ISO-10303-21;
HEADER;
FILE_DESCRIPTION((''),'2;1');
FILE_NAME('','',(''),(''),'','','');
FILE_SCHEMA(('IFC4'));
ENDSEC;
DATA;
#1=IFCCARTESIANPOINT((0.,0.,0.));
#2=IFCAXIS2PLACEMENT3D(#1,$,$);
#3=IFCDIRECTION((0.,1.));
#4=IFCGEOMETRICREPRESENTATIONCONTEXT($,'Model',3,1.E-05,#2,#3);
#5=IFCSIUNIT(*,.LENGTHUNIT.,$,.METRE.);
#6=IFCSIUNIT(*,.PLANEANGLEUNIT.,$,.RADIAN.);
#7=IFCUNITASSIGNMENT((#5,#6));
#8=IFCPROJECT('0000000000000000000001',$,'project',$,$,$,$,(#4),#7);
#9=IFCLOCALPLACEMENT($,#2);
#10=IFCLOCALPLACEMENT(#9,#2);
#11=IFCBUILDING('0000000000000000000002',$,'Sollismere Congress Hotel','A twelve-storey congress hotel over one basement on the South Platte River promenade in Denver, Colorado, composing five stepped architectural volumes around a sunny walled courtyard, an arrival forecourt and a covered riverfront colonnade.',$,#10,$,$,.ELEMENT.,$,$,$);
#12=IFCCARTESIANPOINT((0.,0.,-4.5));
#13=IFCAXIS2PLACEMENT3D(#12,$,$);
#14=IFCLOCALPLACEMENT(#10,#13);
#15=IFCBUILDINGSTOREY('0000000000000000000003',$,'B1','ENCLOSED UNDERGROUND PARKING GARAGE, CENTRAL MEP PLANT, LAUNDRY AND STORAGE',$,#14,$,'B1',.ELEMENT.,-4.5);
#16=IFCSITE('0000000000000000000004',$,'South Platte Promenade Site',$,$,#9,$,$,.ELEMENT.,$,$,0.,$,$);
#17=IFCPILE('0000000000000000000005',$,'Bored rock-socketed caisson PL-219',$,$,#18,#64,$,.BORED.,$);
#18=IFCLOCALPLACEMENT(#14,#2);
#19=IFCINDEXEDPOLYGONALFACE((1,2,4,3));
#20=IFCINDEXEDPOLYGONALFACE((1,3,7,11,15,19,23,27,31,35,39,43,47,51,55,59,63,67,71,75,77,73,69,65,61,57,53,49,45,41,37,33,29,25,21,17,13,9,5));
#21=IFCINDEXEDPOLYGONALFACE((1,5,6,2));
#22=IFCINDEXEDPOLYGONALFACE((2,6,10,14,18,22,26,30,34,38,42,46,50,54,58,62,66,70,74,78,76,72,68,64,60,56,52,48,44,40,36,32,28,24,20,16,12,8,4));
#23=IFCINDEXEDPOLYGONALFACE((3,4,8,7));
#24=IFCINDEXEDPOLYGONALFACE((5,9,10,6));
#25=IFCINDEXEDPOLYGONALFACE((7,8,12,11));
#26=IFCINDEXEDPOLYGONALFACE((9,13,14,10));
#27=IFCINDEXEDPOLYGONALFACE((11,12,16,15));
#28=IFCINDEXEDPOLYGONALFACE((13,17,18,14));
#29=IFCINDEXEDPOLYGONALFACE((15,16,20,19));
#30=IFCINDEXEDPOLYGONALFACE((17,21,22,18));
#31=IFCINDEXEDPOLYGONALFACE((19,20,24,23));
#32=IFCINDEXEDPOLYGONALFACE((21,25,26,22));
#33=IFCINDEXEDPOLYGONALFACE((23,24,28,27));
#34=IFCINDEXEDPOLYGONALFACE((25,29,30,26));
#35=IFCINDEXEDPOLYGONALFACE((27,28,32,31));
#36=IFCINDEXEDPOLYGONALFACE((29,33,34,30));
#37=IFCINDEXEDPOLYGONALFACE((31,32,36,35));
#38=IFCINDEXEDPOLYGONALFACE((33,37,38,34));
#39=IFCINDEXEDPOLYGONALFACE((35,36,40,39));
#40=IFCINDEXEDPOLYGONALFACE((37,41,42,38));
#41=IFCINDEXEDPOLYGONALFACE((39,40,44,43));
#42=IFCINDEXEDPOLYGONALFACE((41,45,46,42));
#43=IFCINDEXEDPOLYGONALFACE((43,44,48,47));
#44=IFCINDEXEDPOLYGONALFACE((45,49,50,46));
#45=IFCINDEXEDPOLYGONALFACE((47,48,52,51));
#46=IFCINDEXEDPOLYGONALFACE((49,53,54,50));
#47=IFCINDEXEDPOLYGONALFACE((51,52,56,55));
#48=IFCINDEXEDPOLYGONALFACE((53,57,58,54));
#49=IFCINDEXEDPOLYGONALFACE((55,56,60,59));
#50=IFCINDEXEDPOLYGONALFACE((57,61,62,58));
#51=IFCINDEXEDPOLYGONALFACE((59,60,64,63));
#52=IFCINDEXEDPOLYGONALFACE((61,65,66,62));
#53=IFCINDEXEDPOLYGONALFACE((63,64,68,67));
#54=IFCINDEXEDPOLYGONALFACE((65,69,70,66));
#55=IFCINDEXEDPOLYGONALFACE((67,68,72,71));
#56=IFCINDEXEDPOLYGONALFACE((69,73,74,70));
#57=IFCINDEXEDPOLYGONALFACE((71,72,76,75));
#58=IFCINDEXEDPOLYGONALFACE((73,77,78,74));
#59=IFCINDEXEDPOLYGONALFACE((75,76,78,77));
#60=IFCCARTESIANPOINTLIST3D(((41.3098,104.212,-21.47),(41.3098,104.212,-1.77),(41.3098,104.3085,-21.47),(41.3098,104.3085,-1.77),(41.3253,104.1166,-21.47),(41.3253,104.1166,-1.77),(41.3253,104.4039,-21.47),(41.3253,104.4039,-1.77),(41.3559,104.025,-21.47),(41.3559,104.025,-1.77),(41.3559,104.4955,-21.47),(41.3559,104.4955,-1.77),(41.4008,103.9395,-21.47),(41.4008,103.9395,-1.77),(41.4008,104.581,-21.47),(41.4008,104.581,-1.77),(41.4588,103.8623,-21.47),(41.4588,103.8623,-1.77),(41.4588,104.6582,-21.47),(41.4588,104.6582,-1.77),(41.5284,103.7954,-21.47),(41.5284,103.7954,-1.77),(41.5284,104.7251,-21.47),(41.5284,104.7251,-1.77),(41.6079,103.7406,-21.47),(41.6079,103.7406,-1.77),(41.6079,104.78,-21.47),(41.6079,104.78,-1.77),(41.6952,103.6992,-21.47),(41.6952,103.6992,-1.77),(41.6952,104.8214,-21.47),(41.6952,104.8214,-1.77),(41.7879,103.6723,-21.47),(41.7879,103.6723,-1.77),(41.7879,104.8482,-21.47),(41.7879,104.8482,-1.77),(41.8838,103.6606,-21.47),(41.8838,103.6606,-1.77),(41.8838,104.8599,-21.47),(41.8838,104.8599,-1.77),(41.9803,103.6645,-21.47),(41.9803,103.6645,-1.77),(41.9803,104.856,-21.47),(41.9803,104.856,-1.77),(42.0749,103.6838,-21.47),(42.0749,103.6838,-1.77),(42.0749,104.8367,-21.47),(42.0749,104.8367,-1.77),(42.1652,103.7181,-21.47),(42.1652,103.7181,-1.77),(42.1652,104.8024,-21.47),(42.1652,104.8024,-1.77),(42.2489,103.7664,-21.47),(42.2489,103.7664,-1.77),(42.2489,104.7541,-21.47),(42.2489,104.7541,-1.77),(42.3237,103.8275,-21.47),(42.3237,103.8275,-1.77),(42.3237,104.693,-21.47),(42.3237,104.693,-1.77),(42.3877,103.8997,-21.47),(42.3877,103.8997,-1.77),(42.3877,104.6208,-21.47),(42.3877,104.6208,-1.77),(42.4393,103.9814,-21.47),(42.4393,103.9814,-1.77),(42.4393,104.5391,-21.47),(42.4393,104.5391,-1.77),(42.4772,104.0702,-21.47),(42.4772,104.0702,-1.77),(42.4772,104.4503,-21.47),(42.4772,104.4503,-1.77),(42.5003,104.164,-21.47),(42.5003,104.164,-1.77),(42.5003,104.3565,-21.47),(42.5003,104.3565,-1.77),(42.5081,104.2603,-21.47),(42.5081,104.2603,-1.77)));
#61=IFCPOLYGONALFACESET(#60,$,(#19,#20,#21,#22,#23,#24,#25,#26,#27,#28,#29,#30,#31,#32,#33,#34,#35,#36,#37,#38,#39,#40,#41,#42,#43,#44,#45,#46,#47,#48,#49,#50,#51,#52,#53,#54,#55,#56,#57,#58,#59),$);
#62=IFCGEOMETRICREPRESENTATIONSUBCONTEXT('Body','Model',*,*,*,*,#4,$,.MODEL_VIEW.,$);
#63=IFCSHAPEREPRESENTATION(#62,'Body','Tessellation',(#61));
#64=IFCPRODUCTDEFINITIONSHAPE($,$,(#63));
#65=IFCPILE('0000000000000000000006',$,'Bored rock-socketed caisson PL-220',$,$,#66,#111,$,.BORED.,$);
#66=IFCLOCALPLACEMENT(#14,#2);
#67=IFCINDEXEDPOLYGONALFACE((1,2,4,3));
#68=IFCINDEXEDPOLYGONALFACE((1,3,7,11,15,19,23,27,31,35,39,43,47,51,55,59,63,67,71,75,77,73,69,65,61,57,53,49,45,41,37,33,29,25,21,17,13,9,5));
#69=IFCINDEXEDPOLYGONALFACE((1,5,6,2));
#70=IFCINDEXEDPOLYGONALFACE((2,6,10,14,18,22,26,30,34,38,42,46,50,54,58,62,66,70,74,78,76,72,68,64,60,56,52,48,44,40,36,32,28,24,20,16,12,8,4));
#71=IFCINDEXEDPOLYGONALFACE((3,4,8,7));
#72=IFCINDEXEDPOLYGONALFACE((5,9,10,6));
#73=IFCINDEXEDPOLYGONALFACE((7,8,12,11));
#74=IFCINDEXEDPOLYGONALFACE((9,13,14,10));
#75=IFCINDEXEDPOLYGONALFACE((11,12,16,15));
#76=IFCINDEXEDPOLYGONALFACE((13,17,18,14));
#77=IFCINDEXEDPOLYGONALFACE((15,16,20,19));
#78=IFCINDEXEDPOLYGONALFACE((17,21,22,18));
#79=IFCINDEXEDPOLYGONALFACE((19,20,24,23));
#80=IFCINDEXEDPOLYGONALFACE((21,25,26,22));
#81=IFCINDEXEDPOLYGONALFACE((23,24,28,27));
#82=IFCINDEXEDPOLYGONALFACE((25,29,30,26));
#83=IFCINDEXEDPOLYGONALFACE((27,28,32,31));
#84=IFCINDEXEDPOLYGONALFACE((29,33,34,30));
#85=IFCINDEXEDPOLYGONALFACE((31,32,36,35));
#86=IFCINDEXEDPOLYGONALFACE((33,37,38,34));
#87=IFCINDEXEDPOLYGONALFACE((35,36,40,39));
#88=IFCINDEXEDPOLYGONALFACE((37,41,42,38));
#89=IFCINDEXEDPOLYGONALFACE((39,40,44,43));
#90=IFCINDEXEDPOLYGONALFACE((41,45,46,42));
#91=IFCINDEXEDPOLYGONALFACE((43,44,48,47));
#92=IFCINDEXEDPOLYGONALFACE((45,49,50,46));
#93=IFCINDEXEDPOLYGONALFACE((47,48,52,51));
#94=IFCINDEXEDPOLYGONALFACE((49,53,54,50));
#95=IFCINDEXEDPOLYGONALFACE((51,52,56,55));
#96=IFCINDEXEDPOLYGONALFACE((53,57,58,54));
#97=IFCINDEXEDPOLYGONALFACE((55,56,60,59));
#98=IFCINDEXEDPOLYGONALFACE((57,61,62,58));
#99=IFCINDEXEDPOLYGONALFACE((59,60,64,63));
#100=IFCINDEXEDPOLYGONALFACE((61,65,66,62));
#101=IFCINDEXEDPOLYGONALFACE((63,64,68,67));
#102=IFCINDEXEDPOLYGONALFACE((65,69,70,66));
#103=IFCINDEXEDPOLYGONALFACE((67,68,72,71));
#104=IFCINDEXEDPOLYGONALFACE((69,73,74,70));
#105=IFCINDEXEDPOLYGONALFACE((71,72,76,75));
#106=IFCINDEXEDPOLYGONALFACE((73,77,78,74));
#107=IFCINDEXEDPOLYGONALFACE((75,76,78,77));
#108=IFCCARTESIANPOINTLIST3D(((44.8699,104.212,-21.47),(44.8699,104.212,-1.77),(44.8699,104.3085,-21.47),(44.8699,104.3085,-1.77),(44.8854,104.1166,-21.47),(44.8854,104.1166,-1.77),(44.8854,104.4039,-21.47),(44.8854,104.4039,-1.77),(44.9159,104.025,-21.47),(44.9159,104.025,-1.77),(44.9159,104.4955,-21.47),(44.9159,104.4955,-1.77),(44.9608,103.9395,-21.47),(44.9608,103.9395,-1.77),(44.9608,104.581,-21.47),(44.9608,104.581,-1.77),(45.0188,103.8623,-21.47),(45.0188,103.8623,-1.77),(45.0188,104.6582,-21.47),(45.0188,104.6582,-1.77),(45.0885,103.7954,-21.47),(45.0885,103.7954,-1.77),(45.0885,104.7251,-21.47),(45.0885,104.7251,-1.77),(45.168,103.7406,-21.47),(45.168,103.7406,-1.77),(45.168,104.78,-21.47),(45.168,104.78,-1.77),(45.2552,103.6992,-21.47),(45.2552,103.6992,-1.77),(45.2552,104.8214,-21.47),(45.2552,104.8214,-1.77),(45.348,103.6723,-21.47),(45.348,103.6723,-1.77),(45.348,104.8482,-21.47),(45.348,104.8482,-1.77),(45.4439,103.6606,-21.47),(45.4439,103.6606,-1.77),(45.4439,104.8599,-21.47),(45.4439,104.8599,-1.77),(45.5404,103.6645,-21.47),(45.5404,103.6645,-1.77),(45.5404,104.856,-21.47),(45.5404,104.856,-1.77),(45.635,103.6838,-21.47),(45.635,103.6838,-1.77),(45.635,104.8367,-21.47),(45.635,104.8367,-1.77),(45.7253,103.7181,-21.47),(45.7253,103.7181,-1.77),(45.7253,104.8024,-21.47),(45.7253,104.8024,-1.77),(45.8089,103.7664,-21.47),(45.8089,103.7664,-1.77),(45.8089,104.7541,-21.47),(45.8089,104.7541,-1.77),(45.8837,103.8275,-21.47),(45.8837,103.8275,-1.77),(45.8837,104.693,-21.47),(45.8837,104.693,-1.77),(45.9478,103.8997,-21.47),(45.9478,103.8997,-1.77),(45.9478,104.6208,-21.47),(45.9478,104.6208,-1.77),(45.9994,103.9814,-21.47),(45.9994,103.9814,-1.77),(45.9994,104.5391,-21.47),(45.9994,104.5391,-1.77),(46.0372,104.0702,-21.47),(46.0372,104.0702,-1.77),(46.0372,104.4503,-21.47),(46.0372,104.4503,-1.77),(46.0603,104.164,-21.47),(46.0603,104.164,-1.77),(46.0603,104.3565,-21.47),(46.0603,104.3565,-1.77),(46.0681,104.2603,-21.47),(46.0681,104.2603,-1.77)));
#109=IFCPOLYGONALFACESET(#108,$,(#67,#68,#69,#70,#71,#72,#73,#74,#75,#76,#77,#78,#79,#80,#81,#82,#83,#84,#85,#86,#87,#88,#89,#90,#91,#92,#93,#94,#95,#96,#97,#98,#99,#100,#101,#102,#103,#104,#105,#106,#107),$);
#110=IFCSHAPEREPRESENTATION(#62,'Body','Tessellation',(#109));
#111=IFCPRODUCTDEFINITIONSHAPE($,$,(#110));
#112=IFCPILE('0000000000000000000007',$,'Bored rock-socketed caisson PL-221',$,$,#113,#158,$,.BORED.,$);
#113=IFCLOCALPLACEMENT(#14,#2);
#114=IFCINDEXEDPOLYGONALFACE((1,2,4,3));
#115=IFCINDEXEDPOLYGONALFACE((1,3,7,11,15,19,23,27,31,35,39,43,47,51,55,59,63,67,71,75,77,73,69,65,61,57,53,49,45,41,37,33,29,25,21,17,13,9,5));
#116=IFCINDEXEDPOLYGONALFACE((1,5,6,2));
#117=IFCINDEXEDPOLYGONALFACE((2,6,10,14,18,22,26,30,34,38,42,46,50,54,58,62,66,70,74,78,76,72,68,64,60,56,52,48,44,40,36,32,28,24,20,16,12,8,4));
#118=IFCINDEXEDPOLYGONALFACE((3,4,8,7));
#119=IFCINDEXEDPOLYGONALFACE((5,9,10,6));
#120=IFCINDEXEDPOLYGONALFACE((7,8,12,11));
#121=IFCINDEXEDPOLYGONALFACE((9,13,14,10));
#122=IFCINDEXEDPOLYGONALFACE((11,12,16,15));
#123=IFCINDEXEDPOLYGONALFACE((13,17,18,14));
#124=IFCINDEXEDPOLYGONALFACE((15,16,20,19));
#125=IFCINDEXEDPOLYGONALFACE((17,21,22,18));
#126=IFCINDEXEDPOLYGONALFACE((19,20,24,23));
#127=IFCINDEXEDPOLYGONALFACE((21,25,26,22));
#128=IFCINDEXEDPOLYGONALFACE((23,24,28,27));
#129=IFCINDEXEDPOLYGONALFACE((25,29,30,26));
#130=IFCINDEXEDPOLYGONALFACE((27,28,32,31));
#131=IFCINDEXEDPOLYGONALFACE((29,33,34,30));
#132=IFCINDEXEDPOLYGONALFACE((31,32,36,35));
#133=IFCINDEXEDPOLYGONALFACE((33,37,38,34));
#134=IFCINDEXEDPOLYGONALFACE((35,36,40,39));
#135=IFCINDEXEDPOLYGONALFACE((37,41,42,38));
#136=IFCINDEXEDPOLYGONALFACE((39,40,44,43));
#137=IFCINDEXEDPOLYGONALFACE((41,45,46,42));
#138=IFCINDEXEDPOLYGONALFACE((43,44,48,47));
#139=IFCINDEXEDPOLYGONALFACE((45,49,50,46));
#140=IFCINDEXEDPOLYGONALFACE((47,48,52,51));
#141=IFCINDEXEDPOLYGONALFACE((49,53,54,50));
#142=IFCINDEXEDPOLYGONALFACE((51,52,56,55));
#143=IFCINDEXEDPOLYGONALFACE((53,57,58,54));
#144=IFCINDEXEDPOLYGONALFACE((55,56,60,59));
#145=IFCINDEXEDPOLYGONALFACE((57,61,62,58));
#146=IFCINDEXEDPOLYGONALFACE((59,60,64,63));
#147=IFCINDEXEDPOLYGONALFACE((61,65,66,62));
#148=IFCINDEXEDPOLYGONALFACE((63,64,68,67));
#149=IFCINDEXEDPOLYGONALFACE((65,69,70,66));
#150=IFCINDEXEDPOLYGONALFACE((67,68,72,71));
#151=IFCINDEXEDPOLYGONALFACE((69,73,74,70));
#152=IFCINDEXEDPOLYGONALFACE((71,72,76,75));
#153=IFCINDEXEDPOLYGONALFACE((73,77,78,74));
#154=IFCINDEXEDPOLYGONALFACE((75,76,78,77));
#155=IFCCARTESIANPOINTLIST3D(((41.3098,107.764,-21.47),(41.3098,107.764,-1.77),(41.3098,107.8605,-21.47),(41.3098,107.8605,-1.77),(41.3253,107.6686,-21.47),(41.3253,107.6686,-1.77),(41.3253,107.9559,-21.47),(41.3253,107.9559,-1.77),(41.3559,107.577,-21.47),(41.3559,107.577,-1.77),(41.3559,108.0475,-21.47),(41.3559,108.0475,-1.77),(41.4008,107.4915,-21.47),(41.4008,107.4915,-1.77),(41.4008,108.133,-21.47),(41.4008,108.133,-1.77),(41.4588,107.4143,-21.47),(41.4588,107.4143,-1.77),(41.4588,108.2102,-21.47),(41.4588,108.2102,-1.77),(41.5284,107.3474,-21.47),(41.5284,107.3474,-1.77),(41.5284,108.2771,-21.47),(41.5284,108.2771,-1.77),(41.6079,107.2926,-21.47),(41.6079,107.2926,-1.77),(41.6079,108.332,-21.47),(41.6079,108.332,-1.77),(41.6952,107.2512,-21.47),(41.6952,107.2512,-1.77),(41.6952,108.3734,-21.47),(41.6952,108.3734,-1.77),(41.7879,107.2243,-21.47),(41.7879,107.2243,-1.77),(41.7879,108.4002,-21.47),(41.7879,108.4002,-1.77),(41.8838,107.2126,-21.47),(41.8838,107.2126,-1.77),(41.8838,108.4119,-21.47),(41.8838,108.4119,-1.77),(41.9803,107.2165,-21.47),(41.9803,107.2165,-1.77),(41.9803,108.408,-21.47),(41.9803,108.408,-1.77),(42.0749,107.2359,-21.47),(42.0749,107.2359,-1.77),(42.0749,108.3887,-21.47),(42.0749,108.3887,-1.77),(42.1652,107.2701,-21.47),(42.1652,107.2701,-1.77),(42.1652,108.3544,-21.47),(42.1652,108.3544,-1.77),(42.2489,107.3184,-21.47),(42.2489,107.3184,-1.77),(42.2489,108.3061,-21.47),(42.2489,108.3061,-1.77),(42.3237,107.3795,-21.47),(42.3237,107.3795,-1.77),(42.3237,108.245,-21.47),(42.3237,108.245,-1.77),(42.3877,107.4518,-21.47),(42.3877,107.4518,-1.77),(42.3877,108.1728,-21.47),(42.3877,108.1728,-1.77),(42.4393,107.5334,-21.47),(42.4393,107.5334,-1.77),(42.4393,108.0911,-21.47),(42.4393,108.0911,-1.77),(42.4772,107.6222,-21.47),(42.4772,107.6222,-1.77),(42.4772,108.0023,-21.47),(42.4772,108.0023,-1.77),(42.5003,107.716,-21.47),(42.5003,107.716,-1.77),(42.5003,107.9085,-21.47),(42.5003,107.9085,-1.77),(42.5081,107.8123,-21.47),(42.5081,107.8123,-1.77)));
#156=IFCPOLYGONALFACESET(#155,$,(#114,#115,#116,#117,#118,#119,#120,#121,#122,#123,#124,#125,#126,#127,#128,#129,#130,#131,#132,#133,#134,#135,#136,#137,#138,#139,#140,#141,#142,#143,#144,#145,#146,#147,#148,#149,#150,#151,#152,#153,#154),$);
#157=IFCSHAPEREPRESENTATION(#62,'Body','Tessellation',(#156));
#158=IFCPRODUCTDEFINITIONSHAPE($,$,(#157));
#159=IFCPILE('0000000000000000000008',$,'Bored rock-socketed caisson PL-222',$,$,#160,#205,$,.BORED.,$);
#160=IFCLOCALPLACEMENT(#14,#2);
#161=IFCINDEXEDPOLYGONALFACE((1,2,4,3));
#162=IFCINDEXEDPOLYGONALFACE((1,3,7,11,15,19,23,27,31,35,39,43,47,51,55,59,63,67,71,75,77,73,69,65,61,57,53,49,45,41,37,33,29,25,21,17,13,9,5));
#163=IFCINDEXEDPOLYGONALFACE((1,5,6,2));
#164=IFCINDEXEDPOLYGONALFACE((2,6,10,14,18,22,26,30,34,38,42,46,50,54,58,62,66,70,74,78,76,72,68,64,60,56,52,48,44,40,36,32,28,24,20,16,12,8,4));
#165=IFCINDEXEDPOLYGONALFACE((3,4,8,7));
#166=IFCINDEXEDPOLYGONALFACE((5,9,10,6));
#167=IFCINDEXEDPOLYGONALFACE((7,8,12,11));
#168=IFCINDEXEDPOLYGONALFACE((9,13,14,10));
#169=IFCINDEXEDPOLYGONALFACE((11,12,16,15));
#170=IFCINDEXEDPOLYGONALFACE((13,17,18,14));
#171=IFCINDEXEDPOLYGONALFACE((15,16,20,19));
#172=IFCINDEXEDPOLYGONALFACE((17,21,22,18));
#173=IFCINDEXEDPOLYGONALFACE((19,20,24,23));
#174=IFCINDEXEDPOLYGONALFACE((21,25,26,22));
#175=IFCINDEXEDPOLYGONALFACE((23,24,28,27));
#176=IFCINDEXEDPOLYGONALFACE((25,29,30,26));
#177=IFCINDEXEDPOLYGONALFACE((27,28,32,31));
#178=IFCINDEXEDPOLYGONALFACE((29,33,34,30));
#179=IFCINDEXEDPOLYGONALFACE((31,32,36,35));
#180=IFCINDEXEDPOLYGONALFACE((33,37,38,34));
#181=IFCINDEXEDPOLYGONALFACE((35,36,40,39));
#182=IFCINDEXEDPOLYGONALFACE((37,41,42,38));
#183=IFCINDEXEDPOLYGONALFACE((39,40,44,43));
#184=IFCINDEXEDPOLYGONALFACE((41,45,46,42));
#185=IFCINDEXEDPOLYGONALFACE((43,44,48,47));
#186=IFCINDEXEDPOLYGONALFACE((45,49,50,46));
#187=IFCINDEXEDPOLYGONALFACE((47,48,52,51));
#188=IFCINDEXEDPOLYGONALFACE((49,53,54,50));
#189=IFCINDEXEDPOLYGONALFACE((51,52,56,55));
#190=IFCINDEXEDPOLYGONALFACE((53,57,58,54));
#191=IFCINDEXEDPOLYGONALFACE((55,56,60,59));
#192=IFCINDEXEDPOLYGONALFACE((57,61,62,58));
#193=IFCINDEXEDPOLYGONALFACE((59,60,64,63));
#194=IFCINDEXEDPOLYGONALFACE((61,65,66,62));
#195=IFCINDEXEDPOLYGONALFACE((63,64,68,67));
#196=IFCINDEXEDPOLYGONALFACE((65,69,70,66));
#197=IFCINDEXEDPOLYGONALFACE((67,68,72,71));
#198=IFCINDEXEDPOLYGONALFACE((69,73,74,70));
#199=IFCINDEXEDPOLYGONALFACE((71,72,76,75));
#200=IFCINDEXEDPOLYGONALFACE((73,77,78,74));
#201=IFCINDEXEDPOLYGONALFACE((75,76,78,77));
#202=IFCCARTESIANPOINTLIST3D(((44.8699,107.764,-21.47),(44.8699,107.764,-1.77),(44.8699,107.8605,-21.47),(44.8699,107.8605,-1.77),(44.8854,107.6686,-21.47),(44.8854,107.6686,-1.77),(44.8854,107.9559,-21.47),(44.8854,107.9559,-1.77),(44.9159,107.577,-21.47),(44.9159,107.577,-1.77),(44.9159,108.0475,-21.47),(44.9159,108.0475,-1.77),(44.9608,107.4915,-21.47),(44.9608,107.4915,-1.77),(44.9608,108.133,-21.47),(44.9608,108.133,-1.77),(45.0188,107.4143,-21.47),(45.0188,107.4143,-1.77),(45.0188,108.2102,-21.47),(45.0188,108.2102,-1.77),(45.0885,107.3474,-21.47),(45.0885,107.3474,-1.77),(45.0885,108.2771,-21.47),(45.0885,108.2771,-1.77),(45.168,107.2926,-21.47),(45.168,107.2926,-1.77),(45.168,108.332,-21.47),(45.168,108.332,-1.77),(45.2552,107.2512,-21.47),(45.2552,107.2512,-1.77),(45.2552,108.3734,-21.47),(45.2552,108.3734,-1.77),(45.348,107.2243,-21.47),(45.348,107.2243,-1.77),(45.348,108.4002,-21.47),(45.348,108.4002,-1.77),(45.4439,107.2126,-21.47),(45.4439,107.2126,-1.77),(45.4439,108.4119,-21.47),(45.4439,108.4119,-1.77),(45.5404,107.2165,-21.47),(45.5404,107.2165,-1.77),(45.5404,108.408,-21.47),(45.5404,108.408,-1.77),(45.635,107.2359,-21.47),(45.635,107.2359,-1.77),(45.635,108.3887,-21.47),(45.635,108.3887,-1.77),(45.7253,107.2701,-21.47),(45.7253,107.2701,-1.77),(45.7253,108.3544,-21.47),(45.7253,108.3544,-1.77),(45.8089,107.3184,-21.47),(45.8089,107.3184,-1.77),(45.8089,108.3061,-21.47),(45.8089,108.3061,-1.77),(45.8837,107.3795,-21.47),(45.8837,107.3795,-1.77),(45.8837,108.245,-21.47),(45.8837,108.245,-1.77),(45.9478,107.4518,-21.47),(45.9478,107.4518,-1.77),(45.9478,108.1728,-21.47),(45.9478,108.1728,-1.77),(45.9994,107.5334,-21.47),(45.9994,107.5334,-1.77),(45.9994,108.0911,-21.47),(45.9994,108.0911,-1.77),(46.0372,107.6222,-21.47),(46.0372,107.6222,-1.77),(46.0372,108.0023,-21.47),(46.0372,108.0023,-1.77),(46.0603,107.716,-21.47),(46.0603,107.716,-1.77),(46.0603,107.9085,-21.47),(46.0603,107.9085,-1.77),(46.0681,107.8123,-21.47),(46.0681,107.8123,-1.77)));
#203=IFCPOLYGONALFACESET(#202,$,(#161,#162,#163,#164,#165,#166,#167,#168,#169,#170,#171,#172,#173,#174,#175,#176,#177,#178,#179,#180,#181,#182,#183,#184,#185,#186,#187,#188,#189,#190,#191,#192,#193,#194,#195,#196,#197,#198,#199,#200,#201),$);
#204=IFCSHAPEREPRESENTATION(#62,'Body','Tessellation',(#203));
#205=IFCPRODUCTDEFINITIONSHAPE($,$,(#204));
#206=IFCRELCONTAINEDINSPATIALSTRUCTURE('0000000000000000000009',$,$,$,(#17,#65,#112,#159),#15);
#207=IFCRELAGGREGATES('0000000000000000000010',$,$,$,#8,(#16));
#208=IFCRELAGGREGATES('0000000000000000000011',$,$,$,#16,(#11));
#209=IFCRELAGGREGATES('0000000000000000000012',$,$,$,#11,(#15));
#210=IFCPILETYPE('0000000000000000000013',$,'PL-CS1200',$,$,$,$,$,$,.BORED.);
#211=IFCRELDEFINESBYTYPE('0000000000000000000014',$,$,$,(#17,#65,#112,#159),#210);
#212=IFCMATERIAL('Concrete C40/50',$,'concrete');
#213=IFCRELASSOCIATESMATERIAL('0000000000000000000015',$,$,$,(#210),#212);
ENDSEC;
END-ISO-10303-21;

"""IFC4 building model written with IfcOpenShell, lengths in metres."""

from ifc_helpers import new_model, si_unit, direction, frame, origin, origin_2d, place, context, subcontext, project, spatial, circle, extrude, material, material_profile, profile_set, type_object, element, save


model = new_model("IFC4")

# Units and contexts
model_context = context("Model", 3, precision=1e-05, world=origin(), true_north=direction((0.0, 1.0)))
body_context = subcontext(model_context, "Body", "Model", "MODEL_VIEW")
ifc_project = project(units=[si_unit("LENGTHUNIT", "METRE"), si_unit("PLANEANGLEUNIT", "RADIAN")], contexts=[model_context])

# Site, building, storey
site_placement = place(None, origin())
site = spatial("IfcSite", under=ifc_project, at=site_placement, Name="South Platte Promenade Site", CompositionType="ELEMENT", RefElevation=0.0)
building_placement = place(site_placement, origin())
building = spatial("IfcBuilding", under=site, at=building_placement, Name="Sollismere Congress Hotel", Description="A twelve-storey congress hotel over one basement on the South Platte River promenade in Denver, Colorado, composing five stepped architectural volumes around a sunny walled courtyard, an arrival forecourt and a covered riverfront colonnade.", CompositionType="ELEMENT")
storey_placement = place(building_placement, frame((0.0, 0.0, -4.5)))
storey = spatial("IfcBuildingStorey", under=building, at=storey_placement, Name="B1", Description="ENCLOSED UNDERGROUND PARKING GARAGE, CENTRAL MEP PLANT, LAUNDRY AND STORAGE", LongName="B1", CompositionType="ELEMENT", Elevation=-4.5)

# Shared definitions
ifc_material_1 = material(Name="Concrete C40/50", Category="concrete")

# Piles
ifc_material_profile_1 = material_profile(ifc_material_1, circle(Radius=0.6001, at=origin_2d()), Name="CAISSON1200")
ifc_profile_set_1 = profile_set([ifc_material_profile_1], Name="Concrete C40/50")
pile_type = type_object("IfcPileType", Name="PL-CS1200", PredefinedType="BORED", material=ifc_profile_set_1)
for number, where, z_axis, x_axis, name in (
    (1, (41.908, 104.2603, -1.77), (0.0, 0.0, -1.0), (1.0, 0.0, 0.0), "Bored rock-socketed caisson PL-219"),
    (2, (45.468, 104.2603, -1.77), (0.0, 0.0, -1.0), (1.0, 0.0, 0.0), "Bored rock-socketed caisson PL-220"),
    (3, (41.908, 107.8123, -1.77), (0.0, 0.0, -1.0), (1.0, 0.0, 0.0), "Bored rock-socketed caisson PL-221"),
    (4, (45.468, 107.8123, -1.77), (0.0, 0.0, -1.0), (1.0, 0.0, 0.0), "Bored rock-socketed caisson PL-222"),
):
    element("IfcPile", number, at=place(storey_placement, frame(where, z_axis=z_axis, x_axis=x_axis)), inside=storey, type_object=pile_type, Name=name, PredefinedType="BORED", context=body_context, shape_type="SweptSolid", body=[
        extrude(circle(Radius=0.6001, at=origin_2d()), origin(), (0.0, 0.0, 1.0), 19.7),
    ])

save(model, "model.ifc")
